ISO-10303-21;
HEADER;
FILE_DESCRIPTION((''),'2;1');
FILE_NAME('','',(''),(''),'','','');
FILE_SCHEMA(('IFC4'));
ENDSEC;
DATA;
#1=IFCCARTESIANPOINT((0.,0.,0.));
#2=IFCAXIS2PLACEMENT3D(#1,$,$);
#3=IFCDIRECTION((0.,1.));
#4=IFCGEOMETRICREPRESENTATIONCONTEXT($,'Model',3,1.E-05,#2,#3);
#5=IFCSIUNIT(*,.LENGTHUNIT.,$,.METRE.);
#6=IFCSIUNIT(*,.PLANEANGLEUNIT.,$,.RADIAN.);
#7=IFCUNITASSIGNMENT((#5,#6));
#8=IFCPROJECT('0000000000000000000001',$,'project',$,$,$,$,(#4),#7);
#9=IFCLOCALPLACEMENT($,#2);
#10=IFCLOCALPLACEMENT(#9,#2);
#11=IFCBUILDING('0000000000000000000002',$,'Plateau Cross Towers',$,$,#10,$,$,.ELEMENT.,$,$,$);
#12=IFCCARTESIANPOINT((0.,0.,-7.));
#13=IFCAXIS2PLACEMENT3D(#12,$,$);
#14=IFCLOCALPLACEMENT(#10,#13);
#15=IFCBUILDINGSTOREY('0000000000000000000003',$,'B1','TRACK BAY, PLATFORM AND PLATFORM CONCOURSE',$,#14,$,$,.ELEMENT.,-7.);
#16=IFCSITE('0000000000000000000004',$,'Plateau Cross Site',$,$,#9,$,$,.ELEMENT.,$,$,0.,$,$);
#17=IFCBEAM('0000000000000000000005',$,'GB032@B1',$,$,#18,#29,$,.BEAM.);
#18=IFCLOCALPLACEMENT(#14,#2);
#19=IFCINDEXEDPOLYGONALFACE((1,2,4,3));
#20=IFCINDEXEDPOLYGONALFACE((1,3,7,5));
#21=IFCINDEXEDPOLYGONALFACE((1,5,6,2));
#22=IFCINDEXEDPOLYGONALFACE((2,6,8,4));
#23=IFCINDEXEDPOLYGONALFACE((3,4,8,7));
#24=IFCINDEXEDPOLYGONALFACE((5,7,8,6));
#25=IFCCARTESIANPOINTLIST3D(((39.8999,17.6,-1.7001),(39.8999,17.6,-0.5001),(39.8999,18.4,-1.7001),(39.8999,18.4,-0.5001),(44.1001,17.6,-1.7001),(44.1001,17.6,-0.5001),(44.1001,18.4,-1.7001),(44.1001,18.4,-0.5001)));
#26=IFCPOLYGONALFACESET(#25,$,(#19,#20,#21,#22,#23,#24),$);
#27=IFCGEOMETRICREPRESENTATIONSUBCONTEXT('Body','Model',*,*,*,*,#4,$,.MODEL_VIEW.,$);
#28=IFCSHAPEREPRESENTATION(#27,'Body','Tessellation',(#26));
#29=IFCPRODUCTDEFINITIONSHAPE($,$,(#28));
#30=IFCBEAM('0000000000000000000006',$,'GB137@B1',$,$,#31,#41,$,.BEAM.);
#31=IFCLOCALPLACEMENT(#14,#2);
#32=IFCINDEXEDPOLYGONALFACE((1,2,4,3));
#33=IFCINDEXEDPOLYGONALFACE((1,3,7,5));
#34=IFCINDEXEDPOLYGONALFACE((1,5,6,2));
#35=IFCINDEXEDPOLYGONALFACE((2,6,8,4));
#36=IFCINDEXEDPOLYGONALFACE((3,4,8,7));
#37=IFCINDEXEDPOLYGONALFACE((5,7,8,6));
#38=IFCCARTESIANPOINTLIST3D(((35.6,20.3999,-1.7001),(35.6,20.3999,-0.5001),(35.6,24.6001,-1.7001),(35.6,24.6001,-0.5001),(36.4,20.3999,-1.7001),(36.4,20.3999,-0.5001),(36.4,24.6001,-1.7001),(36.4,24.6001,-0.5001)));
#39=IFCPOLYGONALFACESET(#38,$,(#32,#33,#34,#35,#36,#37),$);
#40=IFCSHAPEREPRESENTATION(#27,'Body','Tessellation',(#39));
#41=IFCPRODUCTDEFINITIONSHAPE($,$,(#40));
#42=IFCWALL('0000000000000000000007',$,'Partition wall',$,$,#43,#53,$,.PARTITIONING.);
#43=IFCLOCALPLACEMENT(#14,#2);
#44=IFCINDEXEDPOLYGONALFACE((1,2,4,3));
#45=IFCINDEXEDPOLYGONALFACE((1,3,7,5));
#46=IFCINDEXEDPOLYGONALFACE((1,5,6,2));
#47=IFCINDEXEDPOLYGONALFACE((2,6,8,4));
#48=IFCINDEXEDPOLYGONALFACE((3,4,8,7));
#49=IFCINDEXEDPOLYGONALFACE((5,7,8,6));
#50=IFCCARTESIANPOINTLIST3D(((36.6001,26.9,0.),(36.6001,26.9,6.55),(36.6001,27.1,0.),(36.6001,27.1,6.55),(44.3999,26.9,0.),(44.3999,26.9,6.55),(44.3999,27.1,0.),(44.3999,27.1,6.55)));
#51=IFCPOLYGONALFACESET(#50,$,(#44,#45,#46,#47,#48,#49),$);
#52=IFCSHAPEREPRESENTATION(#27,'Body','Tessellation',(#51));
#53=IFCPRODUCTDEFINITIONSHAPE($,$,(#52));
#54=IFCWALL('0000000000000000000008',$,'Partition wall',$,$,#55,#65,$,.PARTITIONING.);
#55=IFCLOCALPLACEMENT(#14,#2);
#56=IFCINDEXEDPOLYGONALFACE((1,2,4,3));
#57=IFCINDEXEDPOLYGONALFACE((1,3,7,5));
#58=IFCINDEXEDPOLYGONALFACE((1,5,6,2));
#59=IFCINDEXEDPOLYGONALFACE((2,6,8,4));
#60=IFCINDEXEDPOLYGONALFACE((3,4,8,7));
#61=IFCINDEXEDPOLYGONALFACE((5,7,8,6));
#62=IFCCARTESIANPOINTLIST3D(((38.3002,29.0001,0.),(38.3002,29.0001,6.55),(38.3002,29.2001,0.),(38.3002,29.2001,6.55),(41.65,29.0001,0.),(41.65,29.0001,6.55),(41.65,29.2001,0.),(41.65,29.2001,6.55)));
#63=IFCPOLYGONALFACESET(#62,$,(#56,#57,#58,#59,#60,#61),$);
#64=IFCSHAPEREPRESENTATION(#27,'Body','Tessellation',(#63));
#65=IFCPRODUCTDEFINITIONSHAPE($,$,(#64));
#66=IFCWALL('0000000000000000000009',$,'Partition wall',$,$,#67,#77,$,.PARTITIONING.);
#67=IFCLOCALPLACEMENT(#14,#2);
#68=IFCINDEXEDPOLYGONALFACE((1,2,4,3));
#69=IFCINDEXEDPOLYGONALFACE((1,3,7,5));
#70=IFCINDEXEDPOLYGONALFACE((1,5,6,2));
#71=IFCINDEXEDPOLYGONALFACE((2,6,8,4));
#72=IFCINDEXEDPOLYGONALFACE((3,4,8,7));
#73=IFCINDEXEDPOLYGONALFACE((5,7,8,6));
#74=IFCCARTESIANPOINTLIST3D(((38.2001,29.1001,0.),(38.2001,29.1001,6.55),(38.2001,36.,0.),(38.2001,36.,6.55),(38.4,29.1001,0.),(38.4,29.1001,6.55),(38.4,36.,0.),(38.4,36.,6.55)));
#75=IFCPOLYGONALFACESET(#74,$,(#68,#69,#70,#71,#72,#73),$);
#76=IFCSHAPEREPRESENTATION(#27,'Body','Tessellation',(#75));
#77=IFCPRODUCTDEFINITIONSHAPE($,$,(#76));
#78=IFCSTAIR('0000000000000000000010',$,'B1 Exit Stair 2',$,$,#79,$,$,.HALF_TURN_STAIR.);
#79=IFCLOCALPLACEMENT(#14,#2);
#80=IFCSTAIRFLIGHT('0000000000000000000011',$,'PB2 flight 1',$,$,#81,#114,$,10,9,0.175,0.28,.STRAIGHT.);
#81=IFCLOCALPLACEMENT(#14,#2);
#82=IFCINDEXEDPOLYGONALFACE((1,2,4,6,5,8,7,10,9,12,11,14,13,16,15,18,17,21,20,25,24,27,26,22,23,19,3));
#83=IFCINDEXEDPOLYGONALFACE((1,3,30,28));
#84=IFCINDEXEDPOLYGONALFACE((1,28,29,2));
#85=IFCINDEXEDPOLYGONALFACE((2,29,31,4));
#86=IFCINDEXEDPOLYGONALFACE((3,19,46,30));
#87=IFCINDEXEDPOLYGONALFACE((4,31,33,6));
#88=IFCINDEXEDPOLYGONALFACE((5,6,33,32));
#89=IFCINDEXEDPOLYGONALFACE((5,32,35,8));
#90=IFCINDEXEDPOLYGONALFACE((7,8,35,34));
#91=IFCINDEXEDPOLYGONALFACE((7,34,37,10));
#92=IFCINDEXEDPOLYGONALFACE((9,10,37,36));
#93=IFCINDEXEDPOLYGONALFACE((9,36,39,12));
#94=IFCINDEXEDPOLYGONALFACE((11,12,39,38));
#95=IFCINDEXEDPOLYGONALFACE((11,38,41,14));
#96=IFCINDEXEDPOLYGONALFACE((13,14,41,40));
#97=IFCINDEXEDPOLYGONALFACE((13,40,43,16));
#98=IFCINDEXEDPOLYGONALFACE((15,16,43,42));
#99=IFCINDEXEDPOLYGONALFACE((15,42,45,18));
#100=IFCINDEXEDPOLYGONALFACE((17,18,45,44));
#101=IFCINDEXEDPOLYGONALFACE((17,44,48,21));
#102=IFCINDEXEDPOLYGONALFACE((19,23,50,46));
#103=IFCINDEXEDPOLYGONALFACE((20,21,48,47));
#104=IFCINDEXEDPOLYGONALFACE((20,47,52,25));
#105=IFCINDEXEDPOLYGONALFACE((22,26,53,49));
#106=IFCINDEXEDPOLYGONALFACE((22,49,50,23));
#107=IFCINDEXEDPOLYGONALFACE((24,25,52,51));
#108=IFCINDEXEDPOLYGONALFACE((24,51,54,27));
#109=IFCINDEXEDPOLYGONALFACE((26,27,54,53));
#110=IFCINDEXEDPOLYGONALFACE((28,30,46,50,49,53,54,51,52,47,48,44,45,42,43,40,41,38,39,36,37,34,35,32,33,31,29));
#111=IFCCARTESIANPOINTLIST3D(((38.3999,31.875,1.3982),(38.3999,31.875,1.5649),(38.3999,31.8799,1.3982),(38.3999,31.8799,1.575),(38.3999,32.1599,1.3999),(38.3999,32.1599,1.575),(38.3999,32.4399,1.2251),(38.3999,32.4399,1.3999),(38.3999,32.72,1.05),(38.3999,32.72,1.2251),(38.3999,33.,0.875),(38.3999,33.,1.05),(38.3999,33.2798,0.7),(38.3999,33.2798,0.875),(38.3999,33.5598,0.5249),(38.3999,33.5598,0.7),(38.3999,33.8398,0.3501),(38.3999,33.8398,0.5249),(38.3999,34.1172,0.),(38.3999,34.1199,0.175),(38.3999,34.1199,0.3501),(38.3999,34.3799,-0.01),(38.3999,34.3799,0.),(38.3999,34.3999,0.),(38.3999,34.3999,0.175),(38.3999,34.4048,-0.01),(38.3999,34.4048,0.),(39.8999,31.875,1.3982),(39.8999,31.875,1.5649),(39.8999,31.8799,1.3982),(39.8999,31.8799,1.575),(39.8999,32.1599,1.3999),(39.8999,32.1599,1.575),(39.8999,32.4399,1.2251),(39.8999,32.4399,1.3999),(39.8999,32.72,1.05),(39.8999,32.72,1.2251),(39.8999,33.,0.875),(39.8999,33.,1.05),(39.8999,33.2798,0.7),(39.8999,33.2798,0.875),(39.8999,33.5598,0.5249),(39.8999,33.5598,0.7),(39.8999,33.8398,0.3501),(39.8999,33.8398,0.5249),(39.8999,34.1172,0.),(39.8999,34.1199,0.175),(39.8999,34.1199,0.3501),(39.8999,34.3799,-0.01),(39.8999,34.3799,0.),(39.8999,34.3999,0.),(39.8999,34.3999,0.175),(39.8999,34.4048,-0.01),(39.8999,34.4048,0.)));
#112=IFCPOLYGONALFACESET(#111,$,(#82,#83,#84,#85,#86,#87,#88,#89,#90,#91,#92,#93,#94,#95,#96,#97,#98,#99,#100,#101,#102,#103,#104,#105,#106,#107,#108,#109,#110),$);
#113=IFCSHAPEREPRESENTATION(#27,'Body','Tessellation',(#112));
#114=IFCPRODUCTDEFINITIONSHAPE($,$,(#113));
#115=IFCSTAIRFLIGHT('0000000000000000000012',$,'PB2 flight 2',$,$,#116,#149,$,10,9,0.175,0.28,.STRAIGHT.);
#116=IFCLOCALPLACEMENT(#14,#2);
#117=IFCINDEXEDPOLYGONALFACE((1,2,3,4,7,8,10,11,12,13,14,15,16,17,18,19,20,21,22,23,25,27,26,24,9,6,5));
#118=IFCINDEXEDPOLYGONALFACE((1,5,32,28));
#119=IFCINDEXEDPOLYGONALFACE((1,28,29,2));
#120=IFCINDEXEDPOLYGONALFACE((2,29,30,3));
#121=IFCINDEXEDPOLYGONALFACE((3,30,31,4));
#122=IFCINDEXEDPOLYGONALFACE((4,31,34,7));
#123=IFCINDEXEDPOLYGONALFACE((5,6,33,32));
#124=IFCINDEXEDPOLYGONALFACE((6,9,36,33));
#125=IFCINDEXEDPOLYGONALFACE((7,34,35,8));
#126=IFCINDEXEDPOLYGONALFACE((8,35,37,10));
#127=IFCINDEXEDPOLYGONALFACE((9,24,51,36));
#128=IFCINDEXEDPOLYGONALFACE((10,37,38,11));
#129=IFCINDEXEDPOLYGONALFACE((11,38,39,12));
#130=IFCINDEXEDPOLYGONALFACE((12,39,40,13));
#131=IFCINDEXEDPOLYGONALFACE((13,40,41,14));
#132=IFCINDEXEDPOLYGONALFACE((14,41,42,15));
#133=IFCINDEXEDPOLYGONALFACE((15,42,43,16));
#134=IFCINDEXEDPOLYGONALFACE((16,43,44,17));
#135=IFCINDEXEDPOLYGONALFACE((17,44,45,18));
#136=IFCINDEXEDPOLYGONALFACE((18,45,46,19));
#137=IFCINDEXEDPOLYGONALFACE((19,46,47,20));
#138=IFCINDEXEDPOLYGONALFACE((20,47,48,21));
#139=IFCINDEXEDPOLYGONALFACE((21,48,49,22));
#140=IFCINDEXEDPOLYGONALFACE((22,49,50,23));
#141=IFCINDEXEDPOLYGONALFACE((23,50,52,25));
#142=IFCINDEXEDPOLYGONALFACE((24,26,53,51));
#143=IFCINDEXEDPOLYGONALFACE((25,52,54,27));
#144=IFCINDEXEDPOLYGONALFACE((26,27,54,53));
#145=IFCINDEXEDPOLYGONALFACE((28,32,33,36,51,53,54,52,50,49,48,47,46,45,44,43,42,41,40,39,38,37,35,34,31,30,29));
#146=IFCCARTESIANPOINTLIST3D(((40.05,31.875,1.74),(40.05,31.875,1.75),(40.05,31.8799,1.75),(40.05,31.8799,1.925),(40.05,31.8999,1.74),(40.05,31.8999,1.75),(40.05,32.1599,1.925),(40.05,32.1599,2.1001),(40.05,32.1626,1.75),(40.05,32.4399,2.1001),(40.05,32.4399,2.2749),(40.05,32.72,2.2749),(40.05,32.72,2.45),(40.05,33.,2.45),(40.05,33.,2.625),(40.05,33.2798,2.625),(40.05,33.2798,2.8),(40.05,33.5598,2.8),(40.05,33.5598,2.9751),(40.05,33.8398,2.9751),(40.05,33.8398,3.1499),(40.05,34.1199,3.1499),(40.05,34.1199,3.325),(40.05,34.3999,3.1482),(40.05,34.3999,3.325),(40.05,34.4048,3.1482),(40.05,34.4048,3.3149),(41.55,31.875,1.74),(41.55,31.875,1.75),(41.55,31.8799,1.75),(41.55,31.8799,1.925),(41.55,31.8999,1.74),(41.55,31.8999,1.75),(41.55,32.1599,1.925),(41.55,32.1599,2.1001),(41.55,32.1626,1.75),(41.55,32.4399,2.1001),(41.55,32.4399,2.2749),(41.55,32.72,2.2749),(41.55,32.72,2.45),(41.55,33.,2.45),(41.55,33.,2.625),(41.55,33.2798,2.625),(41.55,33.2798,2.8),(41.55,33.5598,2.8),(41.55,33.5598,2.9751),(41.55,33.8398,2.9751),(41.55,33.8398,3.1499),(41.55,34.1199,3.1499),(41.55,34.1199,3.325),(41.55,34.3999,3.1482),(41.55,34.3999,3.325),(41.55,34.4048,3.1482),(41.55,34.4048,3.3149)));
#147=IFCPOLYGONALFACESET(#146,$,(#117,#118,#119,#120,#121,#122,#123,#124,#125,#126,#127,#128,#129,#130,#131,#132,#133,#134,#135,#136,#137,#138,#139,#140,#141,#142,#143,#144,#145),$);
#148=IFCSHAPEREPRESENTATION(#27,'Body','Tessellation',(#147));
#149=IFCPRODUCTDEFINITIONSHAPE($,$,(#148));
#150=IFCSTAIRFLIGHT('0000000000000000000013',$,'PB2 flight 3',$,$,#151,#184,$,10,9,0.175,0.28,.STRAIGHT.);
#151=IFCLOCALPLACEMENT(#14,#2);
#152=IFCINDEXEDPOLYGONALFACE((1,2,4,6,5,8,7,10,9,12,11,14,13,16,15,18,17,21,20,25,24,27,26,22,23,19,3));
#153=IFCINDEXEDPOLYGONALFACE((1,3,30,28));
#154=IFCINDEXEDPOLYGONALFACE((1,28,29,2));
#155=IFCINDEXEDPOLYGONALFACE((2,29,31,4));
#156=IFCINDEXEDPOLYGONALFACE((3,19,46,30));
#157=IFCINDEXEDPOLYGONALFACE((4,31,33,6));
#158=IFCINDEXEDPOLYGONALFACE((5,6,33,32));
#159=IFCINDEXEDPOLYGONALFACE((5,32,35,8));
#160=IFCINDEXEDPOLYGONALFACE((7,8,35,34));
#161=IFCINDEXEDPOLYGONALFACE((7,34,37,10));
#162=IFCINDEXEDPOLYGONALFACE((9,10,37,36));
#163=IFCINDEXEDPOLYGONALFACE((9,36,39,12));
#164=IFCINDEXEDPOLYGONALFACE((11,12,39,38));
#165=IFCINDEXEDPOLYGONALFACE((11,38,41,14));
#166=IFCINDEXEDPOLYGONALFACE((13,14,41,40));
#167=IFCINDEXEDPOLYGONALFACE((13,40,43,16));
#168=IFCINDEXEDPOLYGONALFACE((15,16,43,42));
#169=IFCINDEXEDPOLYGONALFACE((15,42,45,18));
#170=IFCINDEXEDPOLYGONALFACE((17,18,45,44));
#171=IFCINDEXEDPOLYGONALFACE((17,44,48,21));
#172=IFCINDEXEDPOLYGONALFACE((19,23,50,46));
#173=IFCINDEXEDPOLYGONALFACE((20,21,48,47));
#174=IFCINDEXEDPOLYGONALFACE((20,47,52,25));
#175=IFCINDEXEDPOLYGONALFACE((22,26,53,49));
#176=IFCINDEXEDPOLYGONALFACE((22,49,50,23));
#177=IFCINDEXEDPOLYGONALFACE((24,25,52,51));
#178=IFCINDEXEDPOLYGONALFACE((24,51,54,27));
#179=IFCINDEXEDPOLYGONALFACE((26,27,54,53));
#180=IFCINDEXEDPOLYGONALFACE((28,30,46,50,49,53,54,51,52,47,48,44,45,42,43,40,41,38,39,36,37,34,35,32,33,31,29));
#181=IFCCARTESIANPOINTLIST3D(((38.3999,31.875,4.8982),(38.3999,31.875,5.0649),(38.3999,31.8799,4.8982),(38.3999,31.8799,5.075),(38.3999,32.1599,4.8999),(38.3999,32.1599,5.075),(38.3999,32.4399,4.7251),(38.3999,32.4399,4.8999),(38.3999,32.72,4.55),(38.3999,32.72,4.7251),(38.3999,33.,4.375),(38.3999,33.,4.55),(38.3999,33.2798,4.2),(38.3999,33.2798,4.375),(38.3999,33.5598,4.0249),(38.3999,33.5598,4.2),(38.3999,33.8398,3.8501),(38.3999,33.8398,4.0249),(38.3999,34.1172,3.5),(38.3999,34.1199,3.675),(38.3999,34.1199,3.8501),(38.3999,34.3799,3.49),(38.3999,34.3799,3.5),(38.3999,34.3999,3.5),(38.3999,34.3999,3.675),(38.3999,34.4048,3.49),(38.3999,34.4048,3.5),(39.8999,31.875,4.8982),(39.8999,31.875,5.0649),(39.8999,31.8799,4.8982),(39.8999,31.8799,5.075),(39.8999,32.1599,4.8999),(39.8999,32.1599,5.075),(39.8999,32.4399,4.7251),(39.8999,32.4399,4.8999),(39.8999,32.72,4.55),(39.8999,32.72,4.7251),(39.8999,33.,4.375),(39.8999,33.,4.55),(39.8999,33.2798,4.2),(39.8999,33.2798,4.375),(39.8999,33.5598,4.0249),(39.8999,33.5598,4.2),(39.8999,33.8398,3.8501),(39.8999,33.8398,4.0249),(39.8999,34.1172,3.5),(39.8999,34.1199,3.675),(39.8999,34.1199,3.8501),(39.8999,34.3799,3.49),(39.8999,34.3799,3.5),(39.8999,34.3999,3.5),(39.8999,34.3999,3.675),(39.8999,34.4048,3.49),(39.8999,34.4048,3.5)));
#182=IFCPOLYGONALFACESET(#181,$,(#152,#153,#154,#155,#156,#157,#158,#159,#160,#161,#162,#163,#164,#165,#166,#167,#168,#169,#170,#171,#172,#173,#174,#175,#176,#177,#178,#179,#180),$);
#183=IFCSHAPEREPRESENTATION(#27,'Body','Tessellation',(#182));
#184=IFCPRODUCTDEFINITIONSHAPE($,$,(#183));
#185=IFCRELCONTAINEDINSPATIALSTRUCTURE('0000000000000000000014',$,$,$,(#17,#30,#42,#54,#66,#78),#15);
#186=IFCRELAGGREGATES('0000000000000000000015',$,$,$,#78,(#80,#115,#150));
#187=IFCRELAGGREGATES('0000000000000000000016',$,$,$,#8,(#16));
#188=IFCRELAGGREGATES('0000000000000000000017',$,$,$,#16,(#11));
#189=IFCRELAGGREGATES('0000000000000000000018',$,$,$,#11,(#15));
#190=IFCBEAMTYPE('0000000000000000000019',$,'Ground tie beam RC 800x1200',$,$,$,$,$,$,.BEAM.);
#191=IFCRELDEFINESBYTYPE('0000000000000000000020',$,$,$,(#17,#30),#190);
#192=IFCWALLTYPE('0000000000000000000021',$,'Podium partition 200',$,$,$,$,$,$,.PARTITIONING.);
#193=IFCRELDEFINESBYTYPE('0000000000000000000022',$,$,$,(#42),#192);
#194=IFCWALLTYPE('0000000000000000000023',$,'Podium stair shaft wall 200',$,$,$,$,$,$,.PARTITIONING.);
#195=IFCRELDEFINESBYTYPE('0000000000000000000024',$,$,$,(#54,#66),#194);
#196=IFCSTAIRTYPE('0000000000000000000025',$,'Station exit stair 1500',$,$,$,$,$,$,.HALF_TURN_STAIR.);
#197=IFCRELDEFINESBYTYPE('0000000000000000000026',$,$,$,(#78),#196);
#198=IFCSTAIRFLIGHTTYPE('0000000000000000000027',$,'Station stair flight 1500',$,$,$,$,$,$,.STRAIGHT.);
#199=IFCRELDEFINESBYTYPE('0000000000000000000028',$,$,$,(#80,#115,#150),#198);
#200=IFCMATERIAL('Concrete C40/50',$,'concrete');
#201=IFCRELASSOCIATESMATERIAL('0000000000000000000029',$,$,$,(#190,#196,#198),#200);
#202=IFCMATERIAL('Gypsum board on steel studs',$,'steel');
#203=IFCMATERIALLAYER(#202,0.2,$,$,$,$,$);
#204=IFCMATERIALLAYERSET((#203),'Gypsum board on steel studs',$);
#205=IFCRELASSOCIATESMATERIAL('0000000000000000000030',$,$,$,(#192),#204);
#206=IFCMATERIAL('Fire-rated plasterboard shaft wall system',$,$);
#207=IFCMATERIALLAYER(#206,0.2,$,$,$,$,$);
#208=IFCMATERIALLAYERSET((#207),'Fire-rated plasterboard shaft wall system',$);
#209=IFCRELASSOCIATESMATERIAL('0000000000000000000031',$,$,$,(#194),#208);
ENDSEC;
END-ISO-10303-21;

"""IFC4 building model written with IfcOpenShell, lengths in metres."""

from ifc_helpers import new_model, si_unit, direction, frame, frame_2d, origin, origin_2d, place, context, subcontext, project, spatial, polyline, rectangle, outline, extrude, material, layer, layer_set, material_profile, profile_set, type_object, element, aggregate, save


model = new_model("IFC4")

# Units and contexts
model_context = context("Model", 3, precision=1e-05, world=origin(), true_north=direction((0.0, 1.0)))
body_context = subcontext(model_context, "Body", "Model", "MODEL_VIEW")
ifc_project = project(units=[si_unit("LENGTHUNIT", "METRE"), si_unit("PLANEANGLEUNIT", "RADIAN")], contexts=[model_context])

# Site, building, storey
site_placement = place(None, origin())
site = spatial("IfcSite", under=ifc_project, at=site_placement, Name="Plateau Cross Site", CompositionType="ELEMENT", RefElevation=0.0)
building_placement = place(site_placement, origin())
building = spatial("IfcBuilding", under=site, at=building_placement, Name="Plateau Cross Towers", CompositionType="ELEMENT")
storey_placement = place(building_placement, frame((0.0, 0.0, -7.0)))
storey = spatial("IfcBuildingStorey", under=building, at=storey_placement, Name="B1", Description="TRACK BAY, PLATFORM AND PLATFORM CONCOURSE", CompositionType="ELEMENT", Elevation=-7.0)

# Shared definitions
ifc_material_1 = material(Name="Concrete C40/50", Category="concrete")

# Beams
ifc_material_profile_1 = material_profile(ifc_material_1, rectangle(XDim=0.8, YDim=1.2, at=origin_2d()), Name="RC 800x1200")
ifc_profile_set_1 = profile_set([ifc_material_profile_1], Name="Concrete C40/50")
beam_type_1 = type_object("IfcBeamType", Name="Ground tie beam RC 800x1200", PredefinedType="BEAM", material=ifc_profile_set_1)
for number, where, z_axis, x_axis, name in (
    (1, (39.8999, 18.0, -1.1001), (1.0, 0.0, 0.0), (0.0, 1.0, 0.0), "GB032@B1"),
    (2, (36.0, 20.3999, -1.1001), (0.0, 1.0, 0.0), (-1.0, 0.0, 0.0), "GB137@B1"),
):
    element("IfcBeam", number, at=place(storey_placement, frame(where, z_axis=z_axis, x_axis=x_axis)), inside=storey, type_object=beam_type_1, Name=name, PredefinedType="BEAM", context=body_context, shape_type="SweptSolid", body=[
        extrude(rectangle(XDim=0.8, YDim=1.2, at=origin_2d()), origin(), (0.0, 0.0, 1.0), 4.2002),
    ])

# Walls
ifc_material_2 = material(Name="Gypsum board on steel studs", Category="steel")
ifc_layer_1 = layer(ifc_material_2, 0.2)
ifc_layer_set_1 = layer_set([ifc_layer_1], Name="Gypsum board on steel studs")
wall_type_1 = type_object("IfcWallType", Name="Podium partition 200", PredefinedType="PARTITIONING", material=ifc_layer_set_1)
wall_1_placement = place(storey_placement, frame((36.6001, 27.0, 0.0), z_axis=(0.0, 0.0, 1.0), x_axis=(1.0, 0.0, 0.0)))
element("IfcWall", 3, at=wall_1_placement, inside=storey, type_object=wall_type_1, Name="Partition wall", PredefinedType="PARTITIONING", context=body_context, shape_type="SweptSolid", body=[
    extrude(rectangle(XDim=7.7998, YDim=0.2, at=frame_2d((3.8999, 0.0))), origin(), (0.0, 0.0, 1.0), 6.55),
])
ifc_material_3 = material(Name="Fire-rated plasterboard shaft wall system")
ifc_layer_2 = layer(ifc_material_3, 0.2)
ifc_layer_set_2 = layer_set([ifc_layer_2], Name="Fire-rated plasterboard shaft wall system")
wall_type_2 = type_object("IfcWallType", Name="Podium stair shaft wall 200", PredefinedType="PARTITIONING", material=ifc_layer_set_2)
wall_2_placement = place(storey_placement, frame((41.6499, 29.1001, 0.0), z_axis=(0.0, 0.0, 1.0), x_axis=(-1.0, 0.0, 0.0)))
element("IfcWall", 4, at=wall_2_placement, inside=storey, type_object=wall_type_2, Name="Partition wall", PredefinedType="PARTITIONING", context=body_context, shape_type="SweptSolid", body=[
    extrude(rectangle(XDim=3.3499, YDim=0.2, at=frame_2d((1.6748, 0.0))), origin(), (0.0, 0.0, 1.0), 6.55),
])
wall_3_placement = place(storey_placement, frame((38.3, 29.1001, 0.0), z_axis=(0.0, 0.0, 1.0), x_axis=(0.0, 1.0, 0.0)))
element("IfcWall", 5, at=wall_3_placement, inside=storey, type_object=wall_type_2, Name="Partition wall", PredefinedType="PARTITIONING", context=body_context, shape_type="SweptSolid", body=[
    extrude(rectangle(XDim=6.8999, YDim=0.2, at=frame_2d((3.45, 0.0))), origin(), (0.0, 0.0, 1.0), 6.55),
])

# Stair, stair flights
stair_type = type_object("IfcStairType", Name="Station exit stair 1500", PredefinedType="HALF_TURN_STAIR", material=ifc_material_1)
stair_placement = place(storey_placement, origin())
stair = element("IfcStair", 6, at=stair_placement, inside=storey, type_object=stair_type, Name="B1 Exit Stair 2", PredefinedType="HALF_TURN_STAIR")
stair_flight_type = type_object("IfcStairFlightType", Name="Station stair flight 1500", PredefinedType="STRAIGHT", material=ifc_material_1)
stair_flight_1_placement = place(storey_placement, frame((39.1499, 34.3999, 0.0), z_axis=(0.0, 0.0, 1.0), x_axis=(0.0, -1.0, 0.0)))
stair_flight_1 = element("IfcStairFlight", 7, at=stair_flight_1_placement, type_object=stair_flight_type, Name="PB2 flight 1", NumberOfRisers=10, NumberOfTreads=9, PredefinedType="STRAIGHT", RiserHeight=0.175, TreadLength=0.28, context=body_context, shape_type="SweptSolid", body=[
    extrude(outline(polyline([(-0.0049, -0.01), (-0.0049, 0.0), (0.0, 0.0), (0.0, 0.175), (0.28, 0.175), (0.28, 0.3501), (0.5601, 0.3501), (0.5601, 0.5249), (0.8401, 0.5249), (0.8401, 0.7), (1.1201, 0.7), (1.1201, 0.875), (1.3999, 0.875), (1.3999, 1.05), (1.6799, 1.05), (1.6799, 1.2251), (1.96, 1.2251), (1.96, 1.3999), (2.24, 1.3999), (2.24, 1.575), (2.52, 1.575), (2.5249, 1.5649), (2.5249, 1.3982), (2.52, 1.3982), (0.2827, 0.0), (0.02, 0.0), (0.02, -0.01), (-0.0049, -0.01)])), frame((0.0, 0.75, 0.0), z_axis=(0.0, -1.0, 0.0), x_axis=(1.0, 0.0, 0.0)), (0.0, 0.0, 1.0), 1.5),
])
stair_flight_2_placement = place(storey_placement, frame((40.8, 31.8799, 1.75), z_axis=(0.0, 0.0, 1.0), x_axis=(0.0, 1.0, 0.0)))
stair_flight_2 = element("IfcStairFlight", 8, at=stair_flight_2_placement, type_object=stair_flight_type, Name="PB2 flight 2", NumberOfRisers=10, NumberOfTreads=9, PredefinedType="STRAIGHT", RiserHeight=0.175, TreadLength=0.28, context=body_context, shape_type="SweptSolid", body=[
    extrude(outline(polyline([(-0.0049, -0.01), (-0.0049, 0.0), (0.0, 0.0), (0.0, 0.175), (0.28, 0.175), (0.28, 0.3501), (0.5601, 0.3501), (0.5601, 0.5249), (0.8401, 0.5249), (0.8401, 0.7), (1.1201, 0.7), (1.1201, 0.875), (1.3999, 0.875), (1.3999, 1.05), (1.6799, 1.05), (1.6799, 1.2251), (1.96, 1.2251), (1.96, 1.3999), (2.24, 1.3999), (2.24, 1.575), (2.52, 1.575), (2.5249, 1.5649), (2.5249, 1.3982), (2.52, 1.3982), (0.2827, 0.0), (0.02, 0.0), (0.02, -0.01), (-0.0049, -0.01)])), frame((0.0, 0.75, 0.0), z_axis=(0.0, -1.0, 0.0), x_axis=(1.0, 0.0, 0.0)), (0.0, 0.0, 1.0), 1.5),
])
stair_flight_3_placement = place(storey_placement, frame((39.1499, 34.3999, 3.5), z_axis=(0.0, 0.0, 1.0), x_axis=(0.0, -1.0, 0.0)))
stair_flight_3 = element("IfcStairFlight", 9, at=stair_flight_3_placement, type_object=stair_flight_type, Name="PB2 flight 3", NumberOfRisers=10, NumberOfTreads=9, PredefinedType="STRAIGHT", RiserHeight=0.175, TreadLength=0.28, context=body_context, shape_type="SweptSolid", body=[
    extrude(outline(polyline([(-0.0049, -0.01), (-0.0049, 0.0), (0.0, 0.0), (0.0, 0.175), (0.28, 0.175), (0.28, 0.3501), (0.5601, 0.3501), (0.5601, 0.5249), (0.8401, 0.5249), (0.8401, 0.7), (1.1201, 0.7), (1.1201, 0.875), (1.3999, 0.875), (1.3999, 1.05), (1.6799, 1.05), (1.6799, 1.2251), (1.96, 1.2251), (1.96, 1.3999), (2.24, 1.3999), (2.24, 1.575), (2.52, 1.575), (2.5249, 1.5649), (2.5249, 1.3982), (2.52, 1.3982), (0.2827, 0.0), (0.02, 0.0), (0.02, -0.01), (-0.0049, -0.01)])), frame((0.0, 0.75, 0.0), z_axis=(0.0, -1.0, 0.0), x_axis=(1.0, 0.0, 0.0)), (0.0, 0.0, 1.0), 1.5),
])
aggregate(stair, [stair_flight_1, stair_flight_2, stair_flight_3])

save(model, "model.ifc")
